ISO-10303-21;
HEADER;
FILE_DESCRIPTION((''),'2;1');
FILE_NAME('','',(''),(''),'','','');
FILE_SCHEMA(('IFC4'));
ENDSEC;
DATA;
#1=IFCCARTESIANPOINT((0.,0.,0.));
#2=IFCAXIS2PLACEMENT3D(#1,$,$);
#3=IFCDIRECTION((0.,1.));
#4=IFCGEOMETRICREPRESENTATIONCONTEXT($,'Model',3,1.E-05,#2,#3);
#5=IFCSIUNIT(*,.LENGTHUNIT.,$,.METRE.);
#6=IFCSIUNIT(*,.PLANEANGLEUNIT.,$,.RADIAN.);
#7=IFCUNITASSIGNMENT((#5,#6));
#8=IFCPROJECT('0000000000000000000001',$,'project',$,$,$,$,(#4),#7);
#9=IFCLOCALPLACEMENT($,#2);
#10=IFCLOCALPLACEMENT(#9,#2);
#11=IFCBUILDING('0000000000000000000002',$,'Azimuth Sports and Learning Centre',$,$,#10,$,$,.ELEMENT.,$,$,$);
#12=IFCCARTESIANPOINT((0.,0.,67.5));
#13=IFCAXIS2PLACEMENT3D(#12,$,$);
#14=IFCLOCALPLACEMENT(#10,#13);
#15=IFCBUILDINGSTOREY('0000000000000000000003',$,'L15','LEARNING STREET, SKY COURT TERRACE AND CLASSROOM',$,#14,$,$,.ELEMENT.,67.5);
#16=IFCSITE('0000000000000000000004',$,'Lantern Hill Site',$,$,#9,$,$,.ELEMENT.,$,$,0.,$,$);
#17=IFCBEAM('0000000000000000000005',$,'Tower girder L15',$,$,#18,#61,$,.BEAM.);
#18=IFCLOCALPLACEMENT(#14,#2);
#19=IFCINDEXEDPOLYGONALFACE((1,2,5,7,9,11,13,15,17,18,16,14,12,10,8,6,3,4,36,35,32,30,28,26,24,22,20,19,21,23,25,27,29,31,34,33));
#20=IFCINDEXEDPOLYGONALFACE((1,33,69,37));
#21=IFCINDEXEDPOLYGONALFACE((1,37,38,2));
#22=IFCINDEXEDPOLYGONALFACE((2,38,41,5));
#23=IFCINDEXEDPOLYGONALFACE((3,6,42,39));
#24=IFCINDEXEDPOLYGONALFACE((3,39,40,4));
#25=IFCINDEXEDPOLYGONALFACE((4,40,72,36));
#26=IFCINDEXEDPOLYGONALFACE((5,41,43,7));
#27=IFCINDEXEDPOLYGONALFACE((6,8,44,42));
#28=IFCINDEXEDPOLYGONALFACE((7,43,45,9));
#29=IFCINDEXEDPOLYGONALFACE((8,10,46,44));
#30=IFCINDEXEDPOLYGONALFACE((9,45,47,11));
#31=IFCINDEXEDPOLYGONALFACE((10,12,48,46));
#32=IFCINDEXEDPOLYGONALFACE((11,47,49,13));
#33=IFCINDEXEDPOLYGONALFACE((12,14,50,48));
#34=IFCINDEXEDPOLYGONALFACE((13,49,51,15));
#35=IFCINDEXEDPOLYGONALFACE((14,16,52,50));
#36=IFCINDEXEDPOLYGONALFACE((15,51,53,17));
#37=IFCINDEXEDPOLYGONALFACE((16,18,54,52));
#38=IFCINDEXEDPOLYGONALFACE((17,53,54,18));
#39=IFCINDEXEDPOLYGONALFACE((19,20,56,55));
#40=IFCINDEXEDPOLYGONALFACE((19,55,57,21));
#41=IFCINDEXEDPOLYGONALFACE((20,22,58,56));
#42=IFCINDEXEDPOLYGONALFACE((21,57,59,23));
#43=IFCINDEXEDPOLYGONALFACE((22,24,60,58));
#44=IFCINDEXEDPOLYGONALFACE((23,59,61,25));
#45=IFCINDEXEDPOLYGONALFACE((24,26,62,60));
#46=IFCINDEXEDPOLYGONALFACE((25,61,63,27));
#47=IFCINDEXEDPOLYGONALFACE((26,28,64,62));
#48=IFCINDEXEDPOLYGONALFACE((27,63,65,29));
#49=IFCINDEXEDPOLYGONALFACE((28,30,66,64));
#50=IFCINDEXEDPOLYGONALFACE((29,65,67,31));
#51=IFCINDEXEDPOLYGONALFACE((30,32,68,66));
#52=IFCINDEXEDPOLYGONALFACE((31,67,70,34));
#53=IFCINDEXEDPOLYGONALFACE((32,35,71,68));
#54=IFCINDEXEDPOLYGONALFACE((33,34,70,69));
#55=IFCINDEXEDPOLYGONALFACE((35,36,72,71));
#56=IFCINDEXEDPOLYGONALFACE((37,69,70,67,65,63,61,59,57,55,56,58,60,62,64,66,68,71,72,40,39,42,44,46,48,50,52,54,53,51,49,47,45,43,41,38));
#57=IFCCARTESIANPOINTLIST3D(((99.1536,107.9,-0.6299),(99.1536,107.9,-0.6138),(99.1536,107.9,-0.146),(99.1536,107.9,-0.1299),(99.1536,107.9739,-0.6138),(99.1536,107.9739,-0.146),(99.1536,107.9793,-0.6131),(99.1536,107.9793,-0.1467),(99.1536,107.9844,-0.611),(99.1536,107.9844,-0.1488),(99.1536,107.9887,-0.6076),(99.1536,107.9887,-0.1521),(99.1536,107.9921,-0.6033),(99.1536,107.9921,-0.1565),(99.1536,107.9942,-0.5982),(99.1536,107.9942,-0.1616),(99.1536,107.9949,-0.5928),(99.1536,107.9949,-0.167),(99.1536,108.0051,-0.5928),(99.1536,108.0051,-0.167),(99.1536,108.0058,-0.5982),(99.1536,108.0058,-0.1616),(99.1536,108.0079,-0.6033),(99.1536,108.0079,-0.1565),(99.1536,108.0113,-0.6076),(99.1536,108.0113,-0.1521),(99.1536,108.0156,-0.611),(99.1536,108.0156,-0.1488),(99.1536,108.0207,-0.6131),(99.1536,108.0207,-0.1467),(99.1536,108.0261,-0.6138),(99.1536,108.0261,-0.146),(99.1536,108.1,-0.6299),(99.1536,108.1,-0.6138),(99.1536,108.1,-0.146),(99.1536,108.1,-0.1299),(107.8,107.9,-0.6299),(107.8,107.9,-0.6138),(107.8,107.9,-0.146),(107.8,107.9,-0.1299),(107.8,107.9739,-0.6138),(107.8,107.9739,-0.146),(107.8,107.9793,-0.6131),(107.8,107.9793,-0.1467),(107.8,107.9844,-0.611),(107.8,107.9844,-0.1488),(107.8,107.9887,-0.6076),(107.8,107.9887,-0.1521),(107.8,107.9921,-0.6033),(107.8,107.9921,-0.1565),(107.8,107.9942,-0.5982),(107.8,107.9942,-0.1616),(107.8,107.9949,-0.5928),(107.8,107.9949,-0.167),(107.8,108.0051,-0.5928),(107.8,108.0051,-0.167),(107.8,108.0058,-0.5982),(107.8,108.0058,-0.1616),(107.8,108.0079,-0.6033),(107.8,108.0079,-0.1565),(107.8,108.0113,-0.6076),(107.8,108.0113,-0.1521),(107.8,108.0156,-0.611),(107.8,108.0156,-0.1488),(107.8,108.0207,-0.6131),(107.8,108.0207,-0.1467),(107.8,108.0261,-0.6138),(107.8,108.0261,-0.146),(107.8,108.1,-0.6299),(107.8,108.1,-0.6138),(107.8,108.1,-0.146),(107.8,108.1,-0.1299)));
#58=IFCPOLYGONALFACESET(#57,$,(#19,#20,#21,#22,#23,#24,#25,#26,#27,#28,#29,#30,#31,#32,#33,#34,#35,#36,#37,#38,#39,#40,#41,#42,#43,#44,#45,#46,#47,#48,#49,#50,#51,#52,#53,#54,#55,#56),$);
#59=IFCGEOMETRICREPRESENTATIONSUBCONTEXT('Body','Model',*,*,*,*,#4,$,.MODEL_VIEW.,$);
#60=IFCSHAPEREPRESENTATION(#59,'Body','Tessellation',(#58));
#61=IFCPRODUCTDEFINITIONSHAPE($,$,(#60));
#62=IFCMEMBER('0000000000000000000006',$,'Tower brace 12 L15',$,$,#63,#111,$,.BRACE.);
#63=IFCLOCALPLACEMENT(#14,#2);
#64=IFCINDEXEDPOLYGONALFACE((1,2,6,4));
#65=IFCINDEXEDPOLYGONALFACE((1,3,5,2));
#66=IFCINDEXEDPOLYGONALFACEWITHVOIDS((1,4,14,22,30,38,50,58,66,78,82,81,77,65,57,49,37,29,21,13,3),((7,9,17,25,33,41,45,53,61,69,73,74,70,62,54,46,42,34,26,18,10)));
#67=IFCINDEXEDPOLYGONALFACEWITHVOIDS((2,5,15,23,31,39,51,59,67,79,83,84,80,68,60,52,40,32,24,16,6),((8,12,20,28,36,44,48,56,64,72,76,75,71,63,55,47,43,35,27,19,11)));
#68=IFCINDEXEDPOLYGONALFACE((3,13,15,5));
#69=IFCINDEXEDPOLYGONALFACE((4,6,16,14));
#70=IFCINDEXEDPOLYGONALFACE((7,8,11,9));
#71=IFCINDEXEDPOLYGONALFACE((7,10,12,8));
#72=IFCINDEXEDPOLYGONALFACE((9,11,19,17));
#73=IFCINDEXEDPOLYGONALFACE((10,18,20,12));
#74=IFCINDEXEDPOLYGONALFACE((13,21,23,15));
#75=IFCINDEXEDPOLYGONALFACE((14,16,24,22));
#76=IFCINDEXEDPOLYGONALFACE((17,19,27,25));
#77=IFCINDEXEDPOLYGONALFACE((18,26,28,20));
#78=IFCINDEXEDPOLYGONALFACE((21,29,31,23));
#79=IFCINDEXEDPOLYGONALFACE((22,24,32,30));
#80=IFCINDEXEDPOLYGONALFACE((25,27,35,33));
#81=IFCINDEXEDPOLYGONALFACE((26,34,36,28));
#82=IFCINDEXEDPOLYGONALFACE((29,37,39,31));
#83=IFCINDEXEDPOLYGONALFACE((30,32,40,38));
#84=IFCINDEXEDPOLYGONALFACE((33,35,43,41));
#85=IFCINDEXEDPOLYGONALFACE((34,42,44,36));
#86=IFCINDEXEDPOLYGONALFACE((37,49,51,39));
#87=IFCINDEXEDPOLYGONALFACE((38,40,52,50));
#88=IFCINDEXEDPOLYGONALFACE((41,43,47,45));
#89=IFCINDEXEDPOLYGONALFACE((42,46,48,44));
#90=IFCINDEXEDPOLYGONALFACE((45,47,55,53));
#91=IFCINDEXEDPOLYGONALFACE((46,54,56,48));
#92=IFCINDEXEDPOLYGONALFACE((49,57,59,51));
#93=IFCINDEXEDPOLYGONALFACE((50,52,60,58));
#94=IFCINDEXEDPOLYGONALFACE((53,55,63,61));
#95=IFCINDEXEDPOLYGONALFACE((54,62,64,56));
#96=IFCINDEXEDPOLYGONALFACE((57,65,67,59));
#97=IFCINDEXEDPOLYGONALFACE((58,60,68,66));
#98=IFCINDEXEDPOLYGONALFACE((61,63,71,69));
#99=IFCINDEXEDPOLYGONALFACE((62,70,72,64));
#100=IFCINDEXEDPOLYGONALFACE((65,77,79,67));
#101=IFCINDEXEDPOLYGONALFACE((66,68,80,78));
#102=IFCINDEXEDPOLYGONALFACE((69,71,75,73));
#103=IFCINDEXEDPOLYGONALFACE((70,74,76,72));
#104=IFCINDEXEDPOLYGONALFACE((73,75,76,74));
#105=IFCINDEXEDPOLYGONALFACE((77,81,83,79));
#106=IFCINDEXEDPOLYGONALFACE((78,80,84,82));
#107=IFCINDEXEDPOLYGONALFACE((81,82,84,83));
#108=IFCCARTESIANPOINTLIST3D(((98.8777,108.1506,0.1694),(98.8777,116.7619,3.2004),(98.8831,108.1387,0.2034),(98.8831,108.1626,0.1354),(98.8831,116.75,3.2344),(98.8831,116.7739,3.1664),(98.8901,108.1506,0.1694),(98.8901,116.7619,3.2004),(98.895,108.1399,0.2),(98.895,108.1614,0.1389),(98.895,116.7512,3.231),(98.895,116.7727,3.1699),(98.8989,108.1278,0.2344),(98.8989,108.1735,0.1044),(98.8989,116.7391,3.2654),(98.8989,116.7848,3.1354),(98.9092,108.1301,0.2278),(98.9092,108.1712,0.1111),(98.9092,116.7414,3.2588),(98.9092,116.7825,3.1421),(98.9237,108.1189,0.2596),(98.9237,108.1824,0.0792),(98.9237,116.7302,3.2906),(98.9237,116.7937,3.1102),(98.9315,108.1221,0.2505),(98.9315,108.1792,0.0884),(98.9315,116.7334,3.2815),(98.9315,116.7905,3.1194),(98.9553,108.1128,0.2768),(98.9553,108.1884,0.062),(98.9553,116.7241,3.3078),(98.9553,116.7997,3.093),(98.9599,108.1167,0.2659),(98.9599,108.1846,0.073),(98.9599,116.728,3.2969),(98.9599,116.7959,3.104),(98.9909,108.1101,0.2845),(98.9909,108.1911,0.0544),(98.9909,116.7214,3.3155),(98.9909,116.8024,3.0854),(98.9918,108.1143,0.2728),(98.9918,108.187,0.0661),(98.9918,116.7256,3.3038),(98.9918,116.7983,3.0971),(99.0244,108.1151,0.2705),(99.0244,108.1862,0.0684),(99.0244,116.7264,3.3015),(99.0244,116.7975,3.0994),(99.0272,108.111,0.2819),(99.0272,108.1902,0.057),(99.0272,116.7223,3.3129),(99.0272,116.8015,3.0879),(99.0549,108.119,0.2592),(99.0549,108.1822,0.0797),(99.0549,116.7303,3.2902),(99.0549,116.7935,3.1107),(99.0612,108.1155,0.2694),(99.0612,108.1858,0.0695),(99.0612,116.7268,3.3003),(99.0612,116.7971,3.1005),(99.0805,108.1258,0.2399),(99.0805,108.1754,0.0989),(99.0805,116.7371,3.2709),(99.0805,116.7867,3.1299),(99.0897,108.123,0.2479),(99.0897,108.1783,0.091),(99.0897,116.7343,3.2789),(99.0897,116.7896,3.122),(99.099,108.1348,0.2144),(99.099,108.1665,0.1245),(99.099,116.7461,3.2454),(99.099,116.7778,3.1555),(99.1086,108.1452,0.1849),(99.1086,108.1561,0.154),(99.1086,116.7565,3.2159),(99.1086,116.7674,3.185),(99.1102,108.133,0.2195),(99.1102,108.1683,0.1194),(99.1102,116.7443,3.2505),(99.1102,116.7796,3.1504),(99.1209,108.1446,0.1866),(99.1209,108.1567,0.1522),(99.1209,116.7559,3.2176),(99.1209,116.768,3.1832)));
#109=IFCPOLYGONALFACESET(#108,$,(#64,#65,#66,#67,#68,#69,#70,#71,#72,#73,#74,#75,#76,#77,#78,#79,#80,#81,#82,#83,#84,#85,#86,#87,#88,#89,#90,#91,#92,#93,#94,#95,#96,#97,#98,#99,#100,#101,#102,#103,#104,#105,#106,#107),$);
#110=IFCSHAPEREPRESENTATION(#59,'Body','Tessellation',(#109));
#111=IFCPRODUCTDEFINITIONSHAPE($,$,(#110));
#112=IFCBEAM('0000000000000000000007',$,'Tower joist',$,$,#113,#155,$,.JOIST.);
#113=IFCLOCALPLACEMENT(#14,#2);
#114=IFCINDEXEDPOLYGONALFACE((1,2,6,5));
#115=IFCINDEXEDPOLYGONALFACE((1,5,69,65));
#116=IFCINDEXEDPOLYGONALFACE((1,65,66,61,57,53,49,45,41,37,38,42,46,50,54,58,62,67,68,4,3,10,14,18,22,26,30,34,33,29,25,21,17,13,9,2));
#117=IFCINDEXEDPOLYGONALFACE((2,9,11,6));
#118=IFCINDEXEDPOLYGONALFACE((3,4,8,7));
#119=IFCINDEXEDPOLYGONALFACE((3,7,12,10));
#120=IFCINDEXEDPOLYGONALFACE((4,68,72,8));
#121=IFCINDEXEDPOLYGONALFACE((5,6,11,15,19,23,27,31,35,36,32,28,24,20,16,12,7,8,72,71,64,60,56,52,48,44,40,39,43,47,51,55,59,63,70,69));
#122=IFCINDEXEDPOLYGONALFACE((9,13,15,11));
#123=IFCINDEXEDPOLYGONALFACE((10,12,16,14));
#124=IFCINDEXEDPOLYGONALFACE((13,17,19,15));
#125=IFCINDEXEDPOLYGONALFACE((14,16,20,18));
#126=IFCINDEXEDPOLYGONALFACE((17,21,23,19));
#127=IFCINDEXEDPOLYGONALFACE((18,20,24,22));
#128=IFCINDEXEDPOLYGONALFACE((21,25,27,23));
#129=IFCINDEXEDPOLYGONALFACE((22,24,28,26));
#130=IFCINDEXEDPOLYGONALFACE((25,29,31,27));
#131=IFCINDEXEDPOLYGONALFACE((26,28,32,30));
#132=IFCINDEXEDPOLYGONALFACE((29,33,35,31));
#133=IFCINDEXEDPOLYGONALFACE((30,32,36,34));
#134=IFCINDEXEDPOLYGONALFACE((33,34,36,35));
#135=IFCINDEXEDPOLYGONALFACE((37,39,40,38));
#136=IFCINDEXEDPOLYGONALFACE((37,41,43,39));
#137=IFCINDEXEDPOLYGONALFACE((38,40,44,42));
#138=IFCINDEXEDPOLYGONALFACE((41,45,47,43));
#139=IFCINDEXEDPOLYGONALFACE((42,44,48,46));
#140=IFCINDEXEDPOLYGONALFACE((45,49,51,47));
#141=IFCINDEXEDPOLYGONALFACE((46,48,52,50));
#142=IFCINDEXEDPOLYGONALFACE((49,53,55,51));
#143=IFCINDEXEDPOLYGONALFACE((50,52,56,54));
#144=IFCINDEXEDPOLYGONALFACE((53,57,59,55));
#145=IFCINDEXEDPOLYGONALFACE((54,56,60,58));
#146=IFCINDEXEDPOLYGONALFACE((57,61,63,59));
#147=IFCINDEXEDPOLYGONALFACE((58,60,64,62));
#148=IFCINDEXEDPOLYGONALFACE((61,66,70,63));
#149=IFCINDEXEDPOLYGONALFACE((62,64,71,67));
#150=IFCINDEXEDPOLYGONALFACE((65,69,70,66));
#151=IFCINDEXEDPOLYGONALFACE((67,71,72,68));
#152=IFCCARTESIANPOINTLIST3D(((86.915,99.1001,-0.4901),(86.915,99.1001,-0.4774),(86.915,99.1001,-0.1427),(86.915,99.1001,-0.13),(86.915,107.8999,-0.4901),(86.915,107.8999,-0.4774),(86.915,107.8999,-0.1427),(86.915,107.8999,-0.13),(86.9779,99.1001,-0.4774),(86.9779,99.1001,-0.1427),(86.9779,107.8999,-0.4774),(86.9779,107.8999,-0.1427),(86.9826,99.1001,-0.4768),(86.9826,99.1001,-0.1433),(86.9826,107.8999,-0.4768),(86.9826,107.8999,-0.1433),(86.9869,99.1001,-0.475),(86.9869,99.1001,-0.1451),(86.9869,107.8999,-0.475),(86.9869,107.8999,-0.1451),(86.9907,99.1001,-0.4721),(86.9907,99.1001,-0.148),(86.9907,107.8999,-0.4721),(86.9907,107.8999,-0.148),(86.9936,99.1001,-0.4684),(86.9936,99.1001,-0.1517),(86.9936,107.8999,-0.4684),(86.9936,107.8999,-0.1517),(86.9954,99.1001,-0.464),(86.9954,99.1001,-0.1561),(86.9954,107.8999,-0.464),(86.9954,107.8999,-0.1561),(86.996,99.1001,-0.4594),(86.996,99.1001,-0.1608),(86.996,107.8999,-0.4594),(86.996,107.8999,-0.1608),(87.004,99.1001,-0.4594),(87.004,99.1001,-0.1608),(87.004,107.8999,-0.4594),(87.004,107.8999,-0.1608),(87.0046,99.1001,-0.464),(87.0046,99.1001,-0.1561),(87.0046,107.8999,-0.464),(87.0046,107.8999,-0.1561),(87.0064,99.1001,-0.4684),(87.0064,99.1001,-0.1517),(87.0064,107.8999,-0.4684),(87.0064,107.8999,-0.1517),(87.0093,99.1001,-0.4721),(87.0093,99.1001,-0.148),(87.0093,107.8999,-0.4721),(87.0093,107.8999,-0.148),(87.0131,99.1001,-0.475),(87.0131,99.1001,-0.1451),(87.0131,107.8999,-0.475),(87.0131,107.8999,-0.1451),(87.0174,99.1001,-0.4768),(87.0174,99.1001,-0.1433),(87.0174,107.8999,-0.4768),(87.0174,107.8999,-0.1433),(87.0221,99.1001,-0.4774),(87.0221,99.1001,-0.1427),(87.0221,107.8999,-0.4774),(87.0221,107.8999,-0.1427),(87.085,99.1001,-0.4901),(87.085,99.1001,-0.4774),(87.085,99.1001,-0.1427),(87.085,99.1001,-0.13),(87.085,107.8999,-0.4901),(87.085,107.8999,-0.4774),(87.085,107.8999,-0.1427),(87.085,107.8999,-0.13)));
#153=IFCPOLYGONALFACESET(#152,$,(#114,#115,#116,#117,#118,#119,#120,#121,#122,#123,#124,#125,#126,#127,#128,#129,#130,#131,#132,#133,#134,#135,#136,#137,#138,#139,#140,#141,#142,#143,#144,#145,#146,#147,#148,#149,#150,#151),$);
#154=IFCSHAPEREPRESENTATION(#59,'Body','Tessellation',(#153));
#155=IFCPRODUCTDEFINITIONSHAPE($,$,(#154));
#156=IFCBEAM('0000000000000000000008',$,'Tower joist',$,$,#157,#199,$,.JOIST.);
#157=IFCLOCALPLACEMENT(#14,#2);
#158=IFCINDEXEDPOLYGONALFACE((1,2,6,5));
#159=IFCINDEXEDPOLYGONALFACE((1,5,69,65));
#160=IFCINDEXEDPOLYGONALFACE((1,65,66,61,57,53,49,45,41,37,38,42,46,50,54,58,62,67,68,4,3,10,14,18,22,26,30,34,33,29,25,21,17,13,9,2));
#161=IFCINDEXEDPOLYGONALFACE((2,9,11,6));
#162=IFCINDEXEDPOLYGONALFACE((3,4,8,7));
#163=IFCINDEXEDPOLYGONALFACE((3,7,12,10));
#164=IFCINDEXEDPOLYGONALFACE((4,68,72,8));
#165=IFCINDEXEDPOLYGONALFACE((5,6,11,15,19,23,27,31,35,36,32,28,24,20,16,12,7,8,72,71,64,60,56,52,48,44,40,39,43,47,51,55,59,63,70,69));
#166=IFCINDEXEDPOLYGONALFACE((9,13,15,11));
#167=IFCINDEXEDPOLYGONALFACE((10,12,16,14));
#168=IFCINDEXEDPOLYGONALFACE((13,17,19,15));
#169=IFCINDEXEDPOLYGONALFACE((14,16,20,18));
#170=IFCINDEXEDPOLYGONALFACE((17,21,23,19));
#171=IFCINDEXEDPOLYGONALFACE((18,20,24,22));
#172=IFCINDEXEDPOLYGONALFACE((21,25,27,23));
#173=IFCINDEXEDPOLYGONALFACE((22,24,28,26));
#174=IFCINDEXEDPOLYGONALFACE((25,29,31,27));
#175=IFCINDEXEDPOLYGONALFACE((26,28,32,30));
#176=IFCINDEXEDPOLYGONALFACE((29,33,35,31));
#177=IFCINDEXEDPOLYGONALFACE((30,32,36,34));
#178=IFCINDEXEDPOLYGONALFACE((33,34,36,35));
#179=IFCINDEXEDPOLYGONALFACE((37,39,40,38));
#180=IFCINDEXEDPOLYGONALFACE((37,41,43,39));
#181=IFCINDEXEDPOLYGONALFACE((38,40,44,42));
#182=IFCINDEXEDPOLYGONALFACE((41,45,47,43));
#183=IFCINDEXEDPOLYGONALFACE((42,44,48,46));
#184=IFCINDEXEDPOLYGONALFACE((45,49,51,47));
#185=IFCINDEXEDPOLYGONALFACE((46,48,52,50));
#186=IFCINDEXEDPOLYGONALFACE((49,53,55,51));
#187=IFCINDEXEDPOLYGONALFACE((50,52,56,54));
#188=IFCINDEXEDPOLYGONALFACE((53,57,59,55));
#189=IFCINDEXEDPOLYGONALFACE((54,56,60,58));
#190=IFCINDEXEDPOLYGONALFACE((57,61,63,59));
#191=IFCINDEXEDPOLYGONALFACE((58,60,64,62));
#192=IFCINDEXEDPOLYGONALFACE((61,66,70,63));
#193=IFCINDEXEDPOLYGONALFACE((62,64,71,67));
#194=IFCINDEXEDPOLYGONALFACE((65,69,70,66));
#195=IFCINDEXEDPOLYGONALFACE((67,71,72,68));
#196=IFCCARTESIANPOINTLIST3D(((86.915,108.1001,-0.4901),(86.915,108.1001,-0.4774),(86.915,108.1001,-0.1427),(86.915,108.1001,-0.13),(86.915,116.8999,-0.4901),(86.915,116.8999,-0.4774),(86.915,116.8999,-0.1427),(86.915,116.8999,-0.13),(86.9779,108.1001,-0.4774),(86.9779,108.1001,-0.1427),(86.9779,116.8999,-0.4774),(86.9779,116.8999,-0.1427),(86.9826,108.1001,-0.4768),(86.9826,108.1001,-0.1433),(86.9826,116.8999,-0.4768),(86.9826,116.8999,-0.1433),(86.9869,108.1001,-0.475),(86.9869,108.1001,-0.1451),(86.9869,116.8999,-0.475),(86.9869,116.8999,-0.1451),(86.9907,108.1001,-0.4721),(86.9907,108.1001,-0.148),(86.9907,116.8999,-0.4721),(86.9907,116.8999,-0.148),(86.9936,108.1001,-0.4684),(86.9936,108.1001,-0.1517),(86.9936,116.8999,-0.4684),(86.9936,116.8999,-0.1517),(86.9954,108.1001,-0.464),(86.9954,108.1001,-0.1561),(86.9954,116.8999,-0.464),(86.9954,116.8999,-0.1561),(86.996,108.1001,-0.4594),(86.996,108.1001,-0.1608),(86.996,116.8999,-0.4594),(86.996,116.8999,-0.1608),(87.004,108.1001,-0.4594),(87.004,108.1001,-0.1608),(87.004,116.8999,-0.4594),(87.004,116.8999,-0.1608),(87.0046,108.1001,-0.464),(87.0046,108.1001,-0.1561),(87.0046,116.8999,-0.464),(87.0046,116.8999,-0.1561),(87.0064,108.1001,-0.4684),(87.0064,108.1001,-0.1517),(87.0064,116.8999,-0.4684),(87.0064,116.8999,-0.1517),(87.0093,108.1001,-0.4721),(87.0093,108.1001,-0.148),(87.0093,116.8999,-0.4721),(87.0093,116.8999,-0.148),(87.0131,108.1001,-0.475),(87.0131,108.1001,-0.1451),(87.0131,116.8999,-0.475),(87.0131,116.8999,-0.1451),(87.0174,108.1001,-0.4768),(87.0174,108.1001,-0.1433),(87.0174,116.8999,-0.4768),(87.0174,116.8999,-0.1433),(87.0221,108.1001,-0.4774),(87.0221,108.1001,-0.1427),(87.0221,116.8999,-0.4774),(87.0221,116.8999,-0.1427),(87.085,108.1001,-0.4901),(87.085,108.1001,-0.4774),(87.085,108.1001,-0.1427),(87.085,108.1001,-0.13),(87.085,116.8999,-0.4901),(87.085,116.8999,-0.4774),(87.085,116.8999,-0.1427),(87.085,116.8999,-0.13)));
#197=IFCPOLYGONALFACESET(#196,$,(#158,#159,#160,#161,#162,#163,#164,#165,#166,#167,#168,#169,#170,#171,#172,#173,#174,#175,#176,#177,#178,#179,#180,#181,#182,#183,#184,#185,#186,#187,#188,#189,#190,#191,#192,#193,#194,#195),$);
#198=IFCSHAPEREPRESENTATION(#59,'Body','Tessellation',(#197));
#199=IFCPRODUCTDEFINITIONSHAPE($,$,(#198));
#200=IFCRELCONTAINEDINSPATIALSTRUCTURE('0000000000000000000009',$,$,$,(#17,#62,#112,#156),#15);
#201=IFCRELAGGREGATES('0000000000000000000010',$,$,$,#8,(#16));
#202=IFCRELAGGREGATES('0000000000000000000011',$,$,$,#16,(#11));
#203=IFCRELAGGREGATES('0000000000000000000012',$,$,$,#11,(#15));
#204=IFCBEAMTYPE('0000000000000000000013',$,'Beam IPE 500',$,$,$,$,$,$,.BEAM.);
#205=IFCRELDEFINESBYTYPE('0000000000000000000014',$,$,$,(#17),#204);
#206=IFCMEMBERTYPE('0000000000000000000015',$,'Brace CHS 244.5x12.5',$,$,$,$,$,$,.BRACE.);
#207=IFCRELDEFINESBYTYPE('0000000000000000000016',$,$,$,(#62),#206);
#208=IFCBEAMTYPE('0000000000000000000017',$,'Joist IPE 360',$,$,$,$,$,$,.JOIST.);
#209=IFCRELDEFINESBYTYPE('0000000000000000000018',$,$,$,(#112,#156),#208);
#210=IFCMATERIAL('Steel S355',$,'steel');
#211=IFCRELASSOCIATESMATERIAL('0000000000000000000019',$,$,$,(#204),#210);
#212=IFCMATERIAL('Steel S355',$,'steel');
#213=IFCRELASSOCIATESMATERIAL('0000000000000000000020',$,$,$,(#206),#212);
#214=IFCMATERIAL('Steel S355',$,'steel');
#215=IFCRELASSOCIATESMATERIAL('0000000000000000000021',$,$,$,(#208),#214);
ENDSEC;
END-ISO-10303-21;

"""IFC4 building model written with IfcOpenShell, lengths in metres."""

from ifc_helpers import new_model, si_unit, direction, frame, origin, origin_2d, place, context, subcontext, project, spatial, hollow_circle, i_section, extrude, material, material_profile, profile_set, type_object, element, save


model = new_model("IFC4")

# Units and contexts
model_context = context("Model", 3, precision=1e-05, world=origin(), true_north=direction((0.0, 1.0)))
body_context = subcontext(model_context, "Body", "Model", "MODEL_VIEW")
ifc_project = project(units=[si_unit("LENGTHUNIT", "METRE"), si_unit("PLANEANGLEUNIT", "RADIAN")], contexts=[model_context])

# Site, building, storey
site_placement = place(None, origin())
site = spatial("IfcSite", under=ifc_project, at=site_placement, Name="Lantern Hill Site", CompositionType="ELEMENT", RefElevation=0.0)
building_placement = place(site_placement, origin())
building = spatial("IfcBuilding", under=site, at=building_placement, Name="Azimuth Sports and Learning Centre", CompositionType="ELEMENT")
storey_placement = place(building_placement, frame((0.0, 0.0, 67.5)))
storey = spatial("IfcBuildingStorey", under=building, at=storey_placement, Name="L15", Description="LEARNING STREET, SKY COURT TERRACE AND CLASSROOM", CompositionType="ELEMENT", Elevation=67.5)

# Beam
ifc_material_1 = material(Name="Steel S355", Category="steel")
ifc_material_profile_1 = material_profile(ifc_material_1, i_section(OverallWidth=0.2, OverallDepth=0.5, WebThickness=0.0103, FlangeThickness=0.0161, FilletRadius=0.021, at=origin_2d()), Name="IPE 500")
ifc_profile_set_1 = profile_set([ifc_material_profile_1], Name="Steel S355")
beam_type_1 = type_object("IfcBeamType", Name="Beam IPE 500", PredefinedType="BEAM", material=ifc_profile_set_1)
beam_1_placement = place(storey_placement, frame((99.1536, 108.0, -0.3799), z_axis=(1.0, 0.0, 0.0), x_axis=(0.0, 1.0, 0.0)))
element("IfcBeam", 1, at=beam_1_placement, inside=storey, type_object=beam_type_1, Name="Tower girder L15", PredefinedType="BEAM", context=body_context, shape_type="SweptSolid", body=[
    extrude(i_section(OverallWidth=0.2, OverallDepth=0.5, WebThickness=0.0103, FlangeThickness=0.0161, FilletRadius=0.021, at=origin_2d()), origin(), (0.0, 0.0, 1.0), 8.6465),
])

# Member
ifc_material_2 = material(Name="Steel S355", Category="steel")
ifc_material_profile_2 = material_profile(ifc_material_2, hollow_circle(Radius=0.1223, WallThickness=0.0125, at=origin_2d()), Name="CHS 244.5x12.5")
ifc_profile_set_2 = profile_set([ifc_material_profile_2], Name="Steel S355")
member_type = type_object("IfcMemberType", Name="Brace CHS 244.5x12.5", PredefinedType="BRACE", material=ifc_profile_set_2)
member_placement = place(storey_placement, frame((99.0, 108.1506, 0.1694), z_axis=(0.0, 0.943275, 0.332013), x_axis=(-1.0, 0.0, 0.0)))
element("IfcMember", 2, at=member_placement, inside=storey, type_object=member_type, Name="Tower brace 12 L15", PredefinedType="BRACE", context=body_context, shape_type="SweptSolid", body=[
    extrude(hollow_circle(Radius=0.1223, WallThickness=0.0125, at=origin_2d()), origin(), (0.0, 0.0, 1.0), 9.1292),
])

# Beams
ifc_material_3 = material(Name="Steel S355", Category="steel")
ifc_material_profile_3 = material_profile(ifc_material_3, i_section(OverallWidth=0.1699, OverallDepth=0.3601, WebThickness=0.0081, FlangeThickness=0.0127, FilletRadius=0.0181, at=origin_2d()), Name="IPE 360")
ifc_profile_set_3 = profile_set([ifc_material_profile_3], Name="Steel S355")
beam_type_2 = type_object("IfcBeamType", Name="Joist IPE 360", PredefinedType="JOIST", material=ifc_profile_set_3)
for number, where, z_axis, x_axis, name in (
    (3, (87.0, 99.1001, -0.3101), (0.0, 1.0, 0.0), (-1.0, 0.0, 0.0), "Tower joist"),
    (4, (87.0, 108.1001, -0.3101), (0.0, 1.0, 0.0), (-1.0, 0.0, 0.0), "Tower joist"),
):
    element("IfcBeam", number, at=place(storey_placement, frame(where, z_axis=z_axis, x_axis=x_axis)), inside=storey, type_object=beam_type_2, Name=name, PredefinedType="JOIST", context=body_context, shape_type="SweptSolid", body=[
        extrude(i_section(OverallWidth=0.1699, OverallDepth=0.3601, WebThickness=0.0081, FlangeThickness=0.0127, FilletRadius=0.0181, at=origin_2d()), origin(), (0.0, 0.0, 1.0), 8.7998),
    ])

save(model, "model.ifc")
